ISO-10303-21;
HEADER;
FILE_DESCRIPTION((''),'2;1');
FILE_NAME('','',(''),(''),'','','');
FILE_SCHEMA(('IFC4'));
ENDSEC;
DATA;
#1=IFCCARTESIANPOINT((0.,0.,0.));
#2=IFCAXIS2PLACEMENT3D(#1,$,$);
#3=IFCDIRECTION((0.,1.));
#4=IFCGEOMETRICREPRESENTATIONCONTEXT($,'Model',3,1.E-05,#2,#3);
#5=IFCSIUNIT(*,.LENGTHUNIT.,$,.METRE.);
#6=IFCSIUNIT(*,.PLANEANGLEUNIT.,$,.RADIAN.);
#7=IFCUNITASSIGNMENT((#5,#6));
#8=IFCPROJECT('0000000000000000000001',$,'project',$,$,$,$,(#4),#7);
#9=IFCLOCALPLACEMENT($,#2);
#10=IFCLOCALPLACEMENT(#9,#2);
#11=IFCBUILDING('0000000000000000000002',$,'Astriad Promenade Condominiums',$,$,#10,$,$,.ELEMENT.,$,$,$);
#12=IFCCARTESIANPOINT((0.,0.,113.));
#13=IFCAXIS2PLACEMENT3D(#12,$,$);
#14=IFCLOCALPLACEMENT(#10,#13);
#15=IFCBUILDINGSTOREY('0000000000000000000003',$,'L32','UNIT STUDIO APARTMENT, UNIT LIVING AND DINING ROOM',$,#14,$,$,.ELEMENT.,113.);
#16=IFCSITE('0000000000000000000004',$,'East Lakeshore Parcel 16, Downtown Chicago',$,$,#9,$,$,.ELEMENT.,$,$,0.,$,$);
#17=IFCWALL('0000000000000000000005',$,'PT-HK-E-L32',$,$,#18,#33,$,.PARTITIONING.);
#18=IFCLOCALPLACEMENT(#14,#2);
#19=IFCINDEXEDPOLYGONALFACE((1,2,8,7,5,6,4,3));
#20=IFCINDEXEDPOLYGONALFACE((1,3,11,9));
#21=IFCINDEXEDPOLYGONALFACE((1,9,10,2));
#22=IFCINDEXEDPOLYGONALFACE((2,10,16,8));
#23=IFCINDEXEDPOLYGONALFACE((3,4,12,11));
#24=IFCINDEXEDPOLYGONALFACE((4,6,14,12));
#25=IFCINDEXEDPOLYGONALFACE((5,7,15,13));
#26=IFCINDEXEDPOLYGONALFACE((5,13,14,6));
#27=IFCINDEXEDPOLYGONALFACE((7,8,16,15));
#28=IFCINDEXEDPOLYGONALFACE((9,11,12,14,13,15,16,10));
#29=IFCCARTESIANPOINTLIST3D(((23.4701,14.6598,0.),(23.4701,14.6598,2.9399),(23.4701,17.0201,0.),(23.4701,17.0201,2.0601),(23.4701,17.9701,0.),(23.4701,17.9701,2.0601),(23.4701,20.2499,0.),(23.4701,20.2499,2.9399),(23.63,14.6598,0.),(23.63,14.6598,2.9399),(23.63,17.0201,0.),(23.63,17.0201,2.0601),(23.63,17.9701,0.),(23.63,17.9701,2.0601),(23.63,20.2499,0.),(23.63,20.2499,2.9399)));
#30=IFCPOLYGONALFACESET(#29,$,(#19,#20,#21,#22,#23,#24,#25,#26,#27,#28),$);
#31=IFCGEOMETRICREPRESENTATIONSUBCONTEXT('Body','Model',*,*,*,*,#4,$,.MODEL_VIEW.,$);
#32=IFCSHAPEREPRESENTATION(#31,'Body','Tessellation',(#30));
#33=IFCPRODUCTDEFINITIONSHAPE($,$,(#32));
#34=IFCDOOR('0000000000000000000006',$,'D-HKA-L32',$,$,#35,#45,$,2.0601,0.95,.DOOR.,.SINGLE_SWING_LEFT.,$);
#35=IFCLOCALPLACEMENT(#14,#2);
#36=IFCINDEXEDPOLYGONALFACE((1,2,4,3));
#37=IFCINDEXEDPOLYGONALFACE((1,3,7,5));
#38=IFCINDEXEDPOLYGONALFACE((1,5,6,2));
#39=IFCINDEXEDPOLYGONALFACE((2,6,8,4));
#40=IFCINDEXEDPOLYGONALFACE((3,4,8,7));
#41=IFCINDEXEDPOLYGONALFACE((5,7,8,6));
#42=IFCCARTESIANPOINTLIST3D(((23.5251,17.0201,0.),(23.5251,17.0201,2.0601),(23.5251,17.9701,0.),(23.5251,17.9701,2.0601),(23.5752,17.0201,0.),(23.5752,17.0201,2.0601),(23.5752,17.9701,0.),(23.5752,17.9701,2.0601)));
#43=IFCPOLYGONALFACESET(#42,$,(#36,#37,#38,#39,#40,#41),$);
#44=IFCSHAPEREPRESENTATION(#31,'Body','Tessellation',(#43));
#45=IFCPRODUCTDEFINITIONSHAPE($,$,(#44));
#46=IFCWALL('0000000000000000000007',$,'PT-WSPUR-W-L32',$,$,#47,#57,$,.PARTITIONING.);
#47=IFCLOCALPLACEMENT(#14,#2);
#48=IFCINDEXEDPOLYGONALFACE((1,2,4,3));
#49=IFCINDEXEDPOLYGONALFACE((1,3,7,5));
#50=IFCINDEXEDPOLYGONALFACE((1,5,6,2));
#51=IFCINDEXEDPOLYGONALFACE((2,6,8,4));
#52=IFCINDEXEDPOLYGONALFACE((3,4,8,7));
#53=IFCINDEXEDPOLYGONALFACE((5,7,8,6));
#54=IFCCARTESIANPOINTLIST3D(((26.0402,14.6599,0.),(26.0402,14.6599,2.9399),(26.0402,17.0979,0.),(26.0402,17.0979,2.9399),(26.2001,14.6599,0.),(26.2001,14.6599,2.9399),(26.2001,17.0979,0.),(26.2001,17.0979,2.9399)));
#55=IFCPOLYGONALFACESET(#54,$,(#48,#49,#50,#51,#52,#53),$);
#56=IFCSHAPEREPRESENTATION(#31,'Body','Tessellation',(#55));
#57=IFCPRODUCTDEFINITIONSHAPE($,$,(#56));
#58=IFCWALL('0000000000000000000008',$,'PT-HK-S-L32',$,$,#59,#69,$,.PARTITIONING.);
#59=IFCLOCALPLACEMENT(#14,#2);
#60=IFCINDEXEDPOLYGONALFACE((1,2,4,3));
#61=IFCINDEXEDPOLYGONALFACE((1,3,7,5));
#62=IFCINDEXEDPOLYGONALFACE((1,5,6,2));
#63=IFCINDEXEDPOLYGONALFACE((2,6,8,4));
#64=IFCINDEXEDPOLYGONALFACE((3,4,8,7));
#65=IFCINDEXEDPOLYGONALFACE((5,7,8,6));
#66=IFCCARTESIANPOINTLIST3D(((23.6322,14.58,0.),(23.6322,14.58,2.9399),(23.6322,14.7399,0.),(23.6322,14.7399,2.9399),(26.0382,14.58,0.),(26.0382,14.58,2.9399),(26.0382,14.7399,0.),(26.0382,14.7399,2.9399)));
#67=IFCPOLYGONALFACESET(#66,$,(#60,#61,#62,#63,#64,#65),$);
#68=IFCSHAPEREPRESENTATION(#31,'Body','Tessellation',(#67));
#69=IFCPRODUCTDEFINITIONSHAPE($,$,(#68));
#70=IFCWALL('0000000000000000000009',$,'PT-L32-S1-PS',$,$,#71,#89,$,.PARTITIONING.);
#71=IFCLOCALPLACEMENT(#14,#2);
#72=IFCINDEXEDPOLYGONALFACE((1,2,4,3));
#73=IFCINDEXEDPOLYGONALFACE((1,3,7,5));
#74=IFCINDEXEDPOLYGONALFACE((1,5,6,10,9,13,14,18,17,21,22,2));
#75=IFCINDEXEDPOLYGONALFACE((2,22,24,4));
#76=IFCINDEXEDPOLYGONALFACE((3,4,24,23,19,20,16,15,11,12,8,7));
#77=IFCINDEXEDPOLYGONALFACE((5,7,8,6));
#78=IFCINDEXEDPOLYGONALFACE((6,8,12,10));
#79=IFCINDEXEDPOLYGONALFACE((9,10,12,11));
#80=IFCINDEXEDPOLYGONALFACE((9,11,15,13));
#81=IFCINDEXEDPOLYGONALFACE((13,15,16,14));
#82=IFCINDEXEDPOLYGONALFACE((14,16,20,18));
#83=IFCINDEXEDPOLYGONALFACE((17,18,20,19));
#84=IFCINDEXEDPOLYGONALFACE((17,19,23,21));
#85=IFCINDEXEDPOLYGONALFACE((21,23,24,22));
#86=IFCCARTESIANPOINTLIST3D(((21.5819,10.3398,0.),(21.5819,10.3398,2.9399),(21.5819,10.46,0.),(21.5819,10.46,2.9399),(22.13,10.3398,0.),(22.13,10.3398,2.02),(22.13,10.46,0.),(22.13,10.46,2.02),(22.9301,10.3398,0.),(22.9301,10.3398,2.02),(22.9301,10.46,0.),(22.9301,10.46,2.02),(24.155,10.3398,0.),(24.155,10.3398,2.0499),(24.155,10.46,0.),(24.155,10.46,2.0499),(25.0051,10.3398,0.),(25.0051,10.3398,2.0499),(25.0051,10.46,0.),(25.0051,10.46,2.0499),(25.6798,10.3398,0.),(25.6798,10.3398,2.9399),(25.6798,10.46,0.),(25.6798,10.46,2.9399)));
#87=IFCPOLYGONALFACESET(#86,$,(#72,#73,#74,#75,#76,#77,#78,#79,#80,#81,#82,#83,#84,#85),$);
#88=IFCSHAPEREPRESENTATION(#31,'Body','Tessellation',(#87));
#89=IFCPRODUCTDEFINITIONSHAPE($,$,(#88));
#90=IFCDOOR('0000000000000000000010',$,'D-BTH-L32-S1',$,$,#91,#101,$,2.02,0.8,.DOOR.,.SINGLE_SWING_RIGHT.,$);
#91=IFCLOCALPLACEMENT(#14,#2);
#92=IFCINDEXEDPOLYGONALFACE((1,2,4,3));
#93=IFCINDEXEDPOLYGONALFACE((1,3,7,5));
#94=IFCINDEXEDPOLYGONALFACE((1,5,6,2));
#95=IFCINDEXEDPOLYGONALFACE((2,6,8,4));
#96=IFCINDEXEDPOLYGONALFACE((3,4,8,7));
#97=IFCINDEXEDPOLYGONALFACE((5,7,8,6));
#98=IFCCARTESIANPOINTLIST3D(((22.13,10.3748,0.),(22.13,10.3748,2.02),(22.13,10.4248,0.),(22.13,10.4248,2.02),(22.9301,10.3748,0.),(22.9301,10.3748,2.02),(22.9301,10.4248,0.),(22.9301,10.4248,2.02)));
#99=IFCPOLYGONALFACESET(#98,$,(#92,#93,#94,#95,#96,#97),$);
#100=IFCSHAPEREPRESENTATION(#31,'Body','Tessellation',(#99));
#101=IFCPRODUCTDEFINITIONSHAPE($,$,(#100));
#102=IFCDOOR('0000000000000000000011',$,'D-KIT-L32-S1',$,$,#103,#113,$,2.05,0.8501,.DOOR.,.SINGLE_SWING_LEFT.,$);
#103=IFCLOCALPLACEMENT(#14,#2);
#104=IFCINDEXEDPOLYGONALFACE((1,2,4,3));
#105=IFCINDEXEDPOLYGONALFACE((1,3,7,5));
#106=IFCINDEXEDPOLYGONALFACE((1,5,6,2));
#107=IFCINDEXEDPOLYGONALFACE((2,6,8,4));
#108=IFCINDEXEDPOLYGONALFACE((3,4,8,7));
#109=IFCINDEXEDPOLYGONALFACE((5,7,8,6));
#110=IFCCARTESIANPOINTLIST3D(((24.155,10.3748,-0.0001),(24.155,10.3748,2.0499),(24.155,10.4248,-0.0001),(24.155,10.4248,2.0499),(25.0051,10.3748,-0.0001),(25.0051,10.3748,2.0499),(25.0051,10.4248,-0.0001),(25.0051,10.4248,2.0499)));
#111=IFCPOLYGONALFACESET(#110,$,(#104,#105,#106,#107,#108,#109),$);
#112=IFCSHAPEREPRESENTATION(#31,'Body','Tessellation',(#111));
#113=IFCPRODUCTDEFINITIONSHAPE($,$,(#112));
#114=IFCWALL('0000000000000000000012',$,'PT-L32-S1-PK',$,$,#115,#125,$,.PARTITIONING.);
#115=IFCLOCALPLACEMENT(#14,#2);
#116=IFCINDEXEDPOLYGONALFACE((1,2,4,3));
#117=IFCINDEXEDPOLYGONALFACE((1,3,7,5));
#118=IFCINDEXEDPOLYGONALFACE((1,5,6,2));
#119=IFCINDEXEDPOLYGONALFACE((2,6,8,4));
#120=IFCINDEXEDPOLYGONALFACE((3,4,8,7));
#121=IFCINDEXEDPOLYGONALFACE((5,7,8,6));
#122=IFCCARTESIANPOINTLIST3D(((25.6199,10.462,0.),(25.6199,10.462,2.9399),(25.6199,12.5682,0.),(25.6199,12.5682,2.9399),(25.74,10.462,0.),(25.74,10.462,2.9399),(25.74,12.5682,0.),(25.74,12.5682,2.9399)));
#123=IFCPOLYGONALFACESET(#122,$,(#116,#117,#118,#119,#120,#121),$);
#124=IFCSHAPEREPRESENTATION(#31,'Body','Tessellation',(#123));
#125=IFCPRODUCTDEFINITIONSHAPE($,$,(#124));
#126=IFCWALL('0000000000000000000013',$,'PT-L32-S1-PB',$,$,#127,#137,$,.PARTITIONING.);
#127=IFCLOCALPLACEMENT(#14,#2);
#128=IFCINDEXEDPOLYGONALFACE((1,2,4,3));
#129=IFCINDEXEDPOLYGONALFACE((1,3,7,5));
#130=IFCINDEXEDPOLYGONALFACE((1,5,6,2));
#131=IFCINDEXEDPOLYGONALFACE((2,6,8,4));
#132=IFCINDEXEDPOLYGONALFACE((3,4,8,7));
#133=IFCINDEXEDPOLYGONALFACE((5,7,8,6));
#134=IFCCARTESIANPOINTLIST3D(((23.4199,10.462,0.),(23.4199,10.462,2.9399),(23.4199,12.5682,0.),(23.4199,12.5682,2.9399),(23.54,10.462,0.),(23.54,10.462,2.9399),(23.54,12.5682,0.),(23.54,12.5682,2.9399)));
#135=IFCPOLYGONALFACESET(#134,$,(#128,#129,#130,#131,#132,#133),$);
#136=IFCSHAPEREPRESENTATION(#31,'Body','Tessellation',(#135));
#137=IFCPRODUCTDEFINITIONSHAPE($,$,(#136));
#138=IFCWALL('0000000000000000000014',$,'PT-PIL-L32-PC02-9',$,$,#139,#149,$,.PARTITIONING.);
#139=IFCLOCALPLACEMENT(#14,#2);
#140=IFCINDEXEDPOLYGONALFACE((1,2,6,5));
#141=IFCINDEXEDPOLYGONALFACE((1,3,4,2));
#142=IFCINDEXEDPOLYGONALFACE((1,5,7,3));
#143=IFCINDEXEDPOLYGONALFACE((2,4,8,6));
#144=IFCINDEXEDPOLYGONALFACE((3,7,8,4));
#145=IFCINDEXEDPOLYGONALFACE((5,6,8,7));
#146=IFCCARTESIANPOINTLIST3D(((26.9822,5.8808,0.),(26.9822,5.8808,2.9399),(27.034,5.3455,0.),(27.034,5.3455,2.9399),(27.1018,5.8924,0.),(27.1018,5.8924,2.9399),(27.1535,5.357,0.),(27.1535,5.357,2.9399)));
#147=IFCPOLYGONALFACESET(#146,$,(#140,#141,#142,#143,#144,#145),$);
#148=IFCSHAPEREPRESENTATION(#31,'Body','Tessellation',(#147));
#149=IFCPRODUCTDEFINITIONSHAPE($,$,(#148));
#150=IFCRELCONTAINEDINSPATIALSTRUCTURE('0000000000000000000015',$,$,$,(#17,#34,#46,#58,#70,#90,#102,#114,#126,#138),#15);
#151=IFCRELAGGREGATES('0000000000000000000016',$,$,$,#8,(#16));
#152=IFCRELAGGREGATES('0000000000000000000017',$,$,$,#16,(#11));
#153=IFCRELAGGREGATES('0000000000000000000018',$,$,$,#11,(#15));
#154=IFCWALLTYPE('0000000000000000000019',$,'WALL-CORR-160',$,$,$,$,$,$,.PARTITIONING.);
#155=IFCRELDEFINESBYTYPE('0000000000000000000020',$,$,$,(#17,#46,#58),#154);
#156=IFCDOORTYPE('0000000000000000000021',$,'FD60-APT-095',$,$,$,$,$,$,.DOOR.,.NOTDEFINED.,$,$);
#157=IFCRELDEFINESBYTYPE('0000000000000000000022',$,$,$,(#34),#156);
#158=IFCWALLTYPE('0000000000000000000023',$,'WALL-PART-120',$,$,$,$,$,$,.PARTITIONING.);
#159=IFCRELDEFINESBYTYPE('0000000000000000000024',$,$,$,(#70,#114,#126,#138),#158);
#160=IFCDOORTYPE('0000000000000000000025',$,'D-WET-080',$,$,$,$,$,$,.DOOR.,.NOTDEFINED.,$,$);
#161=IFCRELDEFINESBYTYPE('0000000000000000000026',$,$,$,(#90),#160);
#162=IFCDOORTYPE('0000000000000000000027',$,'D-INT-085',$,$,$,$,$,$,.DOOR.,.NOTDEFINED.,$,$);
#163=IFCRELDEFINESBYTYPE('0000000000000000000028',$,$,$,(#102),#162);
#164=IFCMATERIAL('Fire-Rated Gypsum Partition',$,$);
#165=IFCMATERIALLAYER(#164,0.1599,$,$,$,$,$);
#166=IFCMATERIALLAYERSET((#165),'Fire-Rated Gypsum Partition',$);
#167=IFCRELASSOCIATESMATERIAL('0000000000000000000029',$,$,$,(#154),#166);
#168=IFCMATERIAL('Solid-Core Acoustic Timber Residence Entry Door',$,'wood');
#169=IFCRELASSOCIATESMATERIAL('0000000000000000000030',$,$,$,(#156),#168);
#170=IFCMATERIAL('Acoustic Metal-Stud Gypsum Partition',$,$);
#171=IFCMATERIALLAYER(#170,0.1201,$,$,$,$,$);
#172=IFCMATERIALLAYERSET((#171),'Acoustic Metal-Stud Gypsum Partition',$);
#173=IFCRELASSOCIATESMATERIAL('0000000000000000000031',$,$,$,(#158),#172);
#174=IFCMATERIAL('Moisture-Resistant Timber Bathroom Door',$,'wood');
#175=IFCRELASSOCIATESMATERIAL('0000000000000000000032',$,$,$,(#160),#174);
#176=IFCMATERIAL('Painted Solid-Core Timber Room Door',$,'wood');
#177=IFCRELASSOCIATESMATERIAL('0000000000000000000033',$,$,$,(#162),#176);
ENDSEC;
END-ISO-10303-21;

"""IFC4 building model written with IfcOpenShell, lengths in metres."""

from ifc_helpers import new_model, si_unit, direction, frame, frame_2d, origin, place, context, subcontext, project, spatial, rectangle, extrude, source, transform, mapped, material, layer, layer_set, type_object, type_shapes, element, fill, save


model = new_model("IFC4")

# Units and contexts
model_context = context("Model", 3, precision=1e-05, world=origin(), true_north=direction((0.0, 1.0)))
body_context = subcontext(model_context, "Body", "Model", "MODEL_VIEW")
ifc_project = project(units=[si_unit("LENGTHUNIT", "METRE"), si_unit("PLANEANGLEUNIT", "RADIAN")], contexts=[model_context])

# Site, building, storey
site_placement = place(None, origin())
site = spatial("IfcSite", under=ifc_project, at=site_placement, Name="East Lakeshore Parcel 16, Downtown Chicago", CompositionType="ELEMENT", RefElevation=0.0)
building_placement = place(site_placement, origin())
building = spatial("IfcBuilding", under=site, at=building_placement, Name="Astriad Promenade Condominiums", CompositionType="ELEMENT")
storey_placement = place(building_placement, frame((0.0, 0.0, 113.0)))
storey = spatial("IfcBuildingStorey", under=building, at=storey_placement, Name="L32", Description="UNIT STUDIO APARTMENT, UNIT LIVING AND DINING ROOM", CompositionType="ELEMENT", Elevation=113.0)

# Shared definitions
ifc_material_1 = material(Name="Fire-Rated Gypsum Partition")
ifc_layer_1 = layer(ifc_material_1, 0.1599)
ifc_layer_set_1 = layer_set([ifc_layer_1], Name="Fire-Rated Gypsum Partition")
wall_type_1 = type_object("IfcWallType", Name="WALL-CORR-160", PredefinedType="PARTITIONING", material=ifc_layer_set_1)

# Wall, opening, door
wall_1_placement = place(storey_placement, frame((23.55, 14.6599, 0.0), z_axis=(0.0, 0.0, 1.0), x_axis=(0.0, 1.0, 0.0)))
wall_1 = element("IfcWall", 1, at=wall_1_placement, inside=storey, type_object=wall_type_1, Name="PT-HK-E-L32", PredefinedType="PARTITIONING", context=body_context, shape_type="SweptSolid", body=[
    extrude(rectangle(XDim=5.5901, YDim=0.1599, at=frame_2d((2.7949, 0.0))), origin(), (0.0, 0.0, 1.0), 2.9399),
])
opening_1_placement = place(wall_1_placement, frame((2.3601, 0.0, 0.0)))
opening_1 = element("IfcOpeningElement", 2, at=opening_1_placement, cuts=wall_1, PredefinedType="OPENING", context=body_context, shape_type="SweptSolid", body=[
    extrude(rectangle(XDim=0.95, YDim=2.0601, at=frame_2d((0.4751, 1.03))), frame((0.0, 0.0898, 0.0), z_axis=(0.0, -1.0, 0.0), x_axis=(1.0, 0.0, 0.0)), (0.0, 0.0, 1.0), 0.1799),
])
ifc_material_2 = material(Name="Solid-Core Acoustic Timber Residence Entry Door", Category="wood")
door_type_1 = type_object("IfcDoorType", Name="FD60-APT-095", OperationType="NOTDEFINED", PredefinedType="DOOR", material=ifc_material_2)
shared_shape_1 = source(origin(), body_context, "Body", "SweptSolid", [
    extrude(rectangle(XDim=0.95, YDim=2.0601, at=frame_2d((0.4751, 1.03))), frame((0.0, 0.0249, 0.0), z_axis=(0.0, -1.0, 0.0), x_axis=(1.0, 0.0, 0.0)), (0.0, 0.0, 1.0), 0.05),
])
type_shapes(door_type_1, [shared_shape_1])
door_1_placement = place(opening_1_placement, origin())
door_1 = element("IfcDoor", 3, at=door_1_placement, inside=storey, type_object=door_type_1, Name="D-HKA-L32", OperationType="SINGLE_SWING_LEFT", OverallHeight=2.0601, OverallWidth=0.95, PredefinedType="DOOR", context=body_context, shape_type="MappedRepresentation", body=[
    mapped(shared_shape_1, transform((0.0, 0.0, 0.0), scale=1.0)),
])
fill(opening_1, door_1)

# Walls
wall_2_placement = place(storey_placement, frame((26.1201, 14.6599, 0.0), z_axis=(0.0, 0.0, 1.0), x_axis=(0.0, 1.0, 0.0)))
element("IfcWall", 4, at=wall_2_placement, inside=storey, type_object=wall_type_1, Name="PT-WSPUR-W-L32", PredefinedType="PARTITIONING", context=body_context, shape_type="SweptSolid", body=[
    extrude(rectangle(XDim=2.438, YDim=0.1599, at=frame_2d((1.219, 0.0))), origin(), (0.0, 0.0, 1.0), 2.9399),
])
wall_3_placement = place(storey_placement, frame((23.6321, 14.6599, 0.0), z_axis=(0.0, 0.0, 1.0), x_axis=(1.0, 0.0, 0.0)))
element("IfcWall", 5, at=wall_3_placement, inside=storey, type_object=wall_type_1, Name="PT-HK-S-L32", PredefinedType="PARTITIONING", context=body_context, shape_type="SweptSolid", body=[
    extrude(rectangle(XDim=2.406, YDim=0.1599, at=frame_2d((1.2031, 0.0))), origin(), (0.0, 0.0, 1.0), 2.9399),
])

# Wall, openings, doors
ifc_material_3 = material(Name="Acoustic Metal-Stud Gypsum Partition")
ifc_layer_2 = layer(ifc_material_3, 0.1201)
ifc_layer_set_2 = layer_set([ifc_layer_2], Name="Acoustic Metal-Stud Gypsum Partition")
wall_type_2 = type_object("IfcWallType", Name="WALL-PART-120", PredefinedType="PARTITIONING", material=ifc_layer_set_2)
wall_4_placement = place(storey_placement, frame((21.582, 10.3999, 0.0), z_axis=(0.0, 0.0, 1.0), x_axis=(1.0, 0.0, 0.0)))
wall_4 = element("IfcWall", 6, at=wall_4_placement, inside=storey, type_object=wall_type_2, Name="PT-L32-S1-PS", PredefinedType="PARTITIONING", context=body_context, shape_type="SweptSolid", body=[
    extrude(rectangle(XDim=4.0979, YDim=0.1201, at=frame_2d((2.0488, 0.0))), origin(), (0.0, 0.0, 1.0), 2.9399),
])
opening_2_placement = place(wall_4_placement, frame((0.5481, 0.0, 0.0)))
opening_2 = element("IfcOpeningElement", 7, at=opening_2_placement, cuts=wall_4, PredefinedType="OPENING", context=body_context, shape_type="SweptSolid", body=[
    extrude(rectangle(XDim=0.8, YDim=2.02, at=frame_2d((0.3999, 1.01))), frame((0.0, 0.0701, 0.0), z_axis=(0.0, -1.0, 0.0), x_axis=(1.0, 0.0, 0.0)), (0.0, 0.0, 1.0), 0.1401),
])
opening_3_placement = place(wall_4_placement, frame((2.573, 0.0, 0.0)))
opening_3 = element("IfcOpeningElement", 8, at=opening_3_placement, cuts=wall_4, PredefinedType="OPENING", context=body_context, shape_type="SweptSolid", body=[
    extrude(rectangle(XDim=0.8501, YDim=2.05, at=frame_2d((0.425, 1.0249))), frame((0.0, 0.0701, 0.0), z_axis=(0.0, -1.0, 0.0), x_axis=(1.0, 0.0, 0.0)), (0.0, 0.0, 1.0), 0.1401),
])
ifc_material_4 = material(Name="Moisture-Resistant Timber Bathroom Door", Category="wood")
door_type_2 = type_object("IfcDoorType", Name="D-WET-080", OperationType="NOTDEFINED", PredefinedType="DOOR", material=ifc_material_4)
shared_shape_2 = source(origin(), body_context, "Body", "SweptSolid", [
    extrude(rectangle(XDim=0.8, YDim=2.02, at=frame_2d((0.3999, 1.01))), frame((0.0, 0.0249, 0.0), z_axis=(0.0, -1.0, 0.0), x_axis=(1.0, 0.0, 0.0)), (0.0, 0.0, 1.0), 0.05),
])
type_shapes(door_type_2, [shared_shape_2])
door_2_placement = place(opening_2_placement, origin())
door_2 = element("IfcDoor", 9, at=door_2_placement, inside=storey, type_object=door_type_2, Name="D-BTH-L32-S1", OperationType="SINGLE_SWING_RIGHT", OverallHeight=2.02, OverallWidth=0.8, PredefinedType="DOOR", context=body_context, shape_type="MappedRepresentation", body=[
    mapped(shared_shape_2, transform((0.0, 0.0, 0.0), scale=1.0)),
])
fill(opening_2, door_2)
ifc_material_5 = material(Name="Painted Solid-Core Timber Room Door", Category="wood")
door_type_3 = type_object("IfcDoorType", Name="D-INT-085", OperationType="NOTDEFINED", PredefinedType="DOOR", material=ifc_material_5)
shared_shape_3 = source(origin(), body_context, "Body", "SweptSolid", [
    extrude(rectangle(XDim=0.8501, YDim=2.05, at=frame_2d((0.425, 1.0249))), frame((0.0, 0.0249, 0.0), z_axis=(0.0, -1.0, 0.0), x_axis=(1.0, 0.0, 0.0)), (0.0, 0.0, 1.0), 0.05),
])
type_shapes(door_type_3, [shared_shape_3])
door_3_placement = place(opening_3_placement, origin())
door_3 = element("IfcDoor", 10, at=door_3_placement, inside=storey, type_object=door_type_3, Name="D-KIT-L32-S1", OperationType="SINGLE_SWING_LEFT", OverallHeight=2.05, OverallWidth=0.8501, PredefinedType="DOOR", context=body_context, shape_type="MappedRepresentation", body=[
    mapped(shared_shape_3, transform((0.0, 0.0, 0.0), scale=1.0)),
])
fill(opening_3, door_3)

# Walls
for number, where, z_axis, x_axis, name in (
    (11, (25.6799, 10.4619, 0.0), (0.0, 0.0, 1.0), (0.0, 1.0, 0.0), "PT-L32-S1-PK"),
    (12, (23.48, 10.4619, 0.0), (0.0, 0.0, 1.0), (0.0, 1.0, 0.0), "PT-L32-S1-PB"),
):
    element("IfcWall", number, at=place(storey_placement, frame(where, z_axis=z_axis, x_axis=x_axis)), inside=storey, type_object=wall_type_2, Name=name, PredefinedType="PARTITIONING", context=body_context, shape_type="SweptSolid", body=[
        extrude(rectangle(XDim=2.1062, YDim=0.1201, at=frame_2d((1.0532, 0.0))), origin(), (0.0, 0.0, 1.0), 2.9399),
    ])
wall_5_placement = place(storey_placement, frame((27.042, 5.8867, 0.0), z_axis=(0.0, 0.0, 1.0), x_axis=(0.096223, -0.99536, 0.0)))
element("IfcWall", 13, at=wall_5_placement, inside=storey, type_object=wall_type_2, Name="PT-PIL-L32-PC02-9", PredefinedType="PARTITIONING", context=body_context, shape_type="SweptSolid", body=[
    extrude(rectangle(XDim=0.5378, YDim=0.1201, at=frame_2d((0.269, 0.0))), origin(), (0.0, 0.0, 1.0), 2.9399),
])

save(model, "model.ifc")
